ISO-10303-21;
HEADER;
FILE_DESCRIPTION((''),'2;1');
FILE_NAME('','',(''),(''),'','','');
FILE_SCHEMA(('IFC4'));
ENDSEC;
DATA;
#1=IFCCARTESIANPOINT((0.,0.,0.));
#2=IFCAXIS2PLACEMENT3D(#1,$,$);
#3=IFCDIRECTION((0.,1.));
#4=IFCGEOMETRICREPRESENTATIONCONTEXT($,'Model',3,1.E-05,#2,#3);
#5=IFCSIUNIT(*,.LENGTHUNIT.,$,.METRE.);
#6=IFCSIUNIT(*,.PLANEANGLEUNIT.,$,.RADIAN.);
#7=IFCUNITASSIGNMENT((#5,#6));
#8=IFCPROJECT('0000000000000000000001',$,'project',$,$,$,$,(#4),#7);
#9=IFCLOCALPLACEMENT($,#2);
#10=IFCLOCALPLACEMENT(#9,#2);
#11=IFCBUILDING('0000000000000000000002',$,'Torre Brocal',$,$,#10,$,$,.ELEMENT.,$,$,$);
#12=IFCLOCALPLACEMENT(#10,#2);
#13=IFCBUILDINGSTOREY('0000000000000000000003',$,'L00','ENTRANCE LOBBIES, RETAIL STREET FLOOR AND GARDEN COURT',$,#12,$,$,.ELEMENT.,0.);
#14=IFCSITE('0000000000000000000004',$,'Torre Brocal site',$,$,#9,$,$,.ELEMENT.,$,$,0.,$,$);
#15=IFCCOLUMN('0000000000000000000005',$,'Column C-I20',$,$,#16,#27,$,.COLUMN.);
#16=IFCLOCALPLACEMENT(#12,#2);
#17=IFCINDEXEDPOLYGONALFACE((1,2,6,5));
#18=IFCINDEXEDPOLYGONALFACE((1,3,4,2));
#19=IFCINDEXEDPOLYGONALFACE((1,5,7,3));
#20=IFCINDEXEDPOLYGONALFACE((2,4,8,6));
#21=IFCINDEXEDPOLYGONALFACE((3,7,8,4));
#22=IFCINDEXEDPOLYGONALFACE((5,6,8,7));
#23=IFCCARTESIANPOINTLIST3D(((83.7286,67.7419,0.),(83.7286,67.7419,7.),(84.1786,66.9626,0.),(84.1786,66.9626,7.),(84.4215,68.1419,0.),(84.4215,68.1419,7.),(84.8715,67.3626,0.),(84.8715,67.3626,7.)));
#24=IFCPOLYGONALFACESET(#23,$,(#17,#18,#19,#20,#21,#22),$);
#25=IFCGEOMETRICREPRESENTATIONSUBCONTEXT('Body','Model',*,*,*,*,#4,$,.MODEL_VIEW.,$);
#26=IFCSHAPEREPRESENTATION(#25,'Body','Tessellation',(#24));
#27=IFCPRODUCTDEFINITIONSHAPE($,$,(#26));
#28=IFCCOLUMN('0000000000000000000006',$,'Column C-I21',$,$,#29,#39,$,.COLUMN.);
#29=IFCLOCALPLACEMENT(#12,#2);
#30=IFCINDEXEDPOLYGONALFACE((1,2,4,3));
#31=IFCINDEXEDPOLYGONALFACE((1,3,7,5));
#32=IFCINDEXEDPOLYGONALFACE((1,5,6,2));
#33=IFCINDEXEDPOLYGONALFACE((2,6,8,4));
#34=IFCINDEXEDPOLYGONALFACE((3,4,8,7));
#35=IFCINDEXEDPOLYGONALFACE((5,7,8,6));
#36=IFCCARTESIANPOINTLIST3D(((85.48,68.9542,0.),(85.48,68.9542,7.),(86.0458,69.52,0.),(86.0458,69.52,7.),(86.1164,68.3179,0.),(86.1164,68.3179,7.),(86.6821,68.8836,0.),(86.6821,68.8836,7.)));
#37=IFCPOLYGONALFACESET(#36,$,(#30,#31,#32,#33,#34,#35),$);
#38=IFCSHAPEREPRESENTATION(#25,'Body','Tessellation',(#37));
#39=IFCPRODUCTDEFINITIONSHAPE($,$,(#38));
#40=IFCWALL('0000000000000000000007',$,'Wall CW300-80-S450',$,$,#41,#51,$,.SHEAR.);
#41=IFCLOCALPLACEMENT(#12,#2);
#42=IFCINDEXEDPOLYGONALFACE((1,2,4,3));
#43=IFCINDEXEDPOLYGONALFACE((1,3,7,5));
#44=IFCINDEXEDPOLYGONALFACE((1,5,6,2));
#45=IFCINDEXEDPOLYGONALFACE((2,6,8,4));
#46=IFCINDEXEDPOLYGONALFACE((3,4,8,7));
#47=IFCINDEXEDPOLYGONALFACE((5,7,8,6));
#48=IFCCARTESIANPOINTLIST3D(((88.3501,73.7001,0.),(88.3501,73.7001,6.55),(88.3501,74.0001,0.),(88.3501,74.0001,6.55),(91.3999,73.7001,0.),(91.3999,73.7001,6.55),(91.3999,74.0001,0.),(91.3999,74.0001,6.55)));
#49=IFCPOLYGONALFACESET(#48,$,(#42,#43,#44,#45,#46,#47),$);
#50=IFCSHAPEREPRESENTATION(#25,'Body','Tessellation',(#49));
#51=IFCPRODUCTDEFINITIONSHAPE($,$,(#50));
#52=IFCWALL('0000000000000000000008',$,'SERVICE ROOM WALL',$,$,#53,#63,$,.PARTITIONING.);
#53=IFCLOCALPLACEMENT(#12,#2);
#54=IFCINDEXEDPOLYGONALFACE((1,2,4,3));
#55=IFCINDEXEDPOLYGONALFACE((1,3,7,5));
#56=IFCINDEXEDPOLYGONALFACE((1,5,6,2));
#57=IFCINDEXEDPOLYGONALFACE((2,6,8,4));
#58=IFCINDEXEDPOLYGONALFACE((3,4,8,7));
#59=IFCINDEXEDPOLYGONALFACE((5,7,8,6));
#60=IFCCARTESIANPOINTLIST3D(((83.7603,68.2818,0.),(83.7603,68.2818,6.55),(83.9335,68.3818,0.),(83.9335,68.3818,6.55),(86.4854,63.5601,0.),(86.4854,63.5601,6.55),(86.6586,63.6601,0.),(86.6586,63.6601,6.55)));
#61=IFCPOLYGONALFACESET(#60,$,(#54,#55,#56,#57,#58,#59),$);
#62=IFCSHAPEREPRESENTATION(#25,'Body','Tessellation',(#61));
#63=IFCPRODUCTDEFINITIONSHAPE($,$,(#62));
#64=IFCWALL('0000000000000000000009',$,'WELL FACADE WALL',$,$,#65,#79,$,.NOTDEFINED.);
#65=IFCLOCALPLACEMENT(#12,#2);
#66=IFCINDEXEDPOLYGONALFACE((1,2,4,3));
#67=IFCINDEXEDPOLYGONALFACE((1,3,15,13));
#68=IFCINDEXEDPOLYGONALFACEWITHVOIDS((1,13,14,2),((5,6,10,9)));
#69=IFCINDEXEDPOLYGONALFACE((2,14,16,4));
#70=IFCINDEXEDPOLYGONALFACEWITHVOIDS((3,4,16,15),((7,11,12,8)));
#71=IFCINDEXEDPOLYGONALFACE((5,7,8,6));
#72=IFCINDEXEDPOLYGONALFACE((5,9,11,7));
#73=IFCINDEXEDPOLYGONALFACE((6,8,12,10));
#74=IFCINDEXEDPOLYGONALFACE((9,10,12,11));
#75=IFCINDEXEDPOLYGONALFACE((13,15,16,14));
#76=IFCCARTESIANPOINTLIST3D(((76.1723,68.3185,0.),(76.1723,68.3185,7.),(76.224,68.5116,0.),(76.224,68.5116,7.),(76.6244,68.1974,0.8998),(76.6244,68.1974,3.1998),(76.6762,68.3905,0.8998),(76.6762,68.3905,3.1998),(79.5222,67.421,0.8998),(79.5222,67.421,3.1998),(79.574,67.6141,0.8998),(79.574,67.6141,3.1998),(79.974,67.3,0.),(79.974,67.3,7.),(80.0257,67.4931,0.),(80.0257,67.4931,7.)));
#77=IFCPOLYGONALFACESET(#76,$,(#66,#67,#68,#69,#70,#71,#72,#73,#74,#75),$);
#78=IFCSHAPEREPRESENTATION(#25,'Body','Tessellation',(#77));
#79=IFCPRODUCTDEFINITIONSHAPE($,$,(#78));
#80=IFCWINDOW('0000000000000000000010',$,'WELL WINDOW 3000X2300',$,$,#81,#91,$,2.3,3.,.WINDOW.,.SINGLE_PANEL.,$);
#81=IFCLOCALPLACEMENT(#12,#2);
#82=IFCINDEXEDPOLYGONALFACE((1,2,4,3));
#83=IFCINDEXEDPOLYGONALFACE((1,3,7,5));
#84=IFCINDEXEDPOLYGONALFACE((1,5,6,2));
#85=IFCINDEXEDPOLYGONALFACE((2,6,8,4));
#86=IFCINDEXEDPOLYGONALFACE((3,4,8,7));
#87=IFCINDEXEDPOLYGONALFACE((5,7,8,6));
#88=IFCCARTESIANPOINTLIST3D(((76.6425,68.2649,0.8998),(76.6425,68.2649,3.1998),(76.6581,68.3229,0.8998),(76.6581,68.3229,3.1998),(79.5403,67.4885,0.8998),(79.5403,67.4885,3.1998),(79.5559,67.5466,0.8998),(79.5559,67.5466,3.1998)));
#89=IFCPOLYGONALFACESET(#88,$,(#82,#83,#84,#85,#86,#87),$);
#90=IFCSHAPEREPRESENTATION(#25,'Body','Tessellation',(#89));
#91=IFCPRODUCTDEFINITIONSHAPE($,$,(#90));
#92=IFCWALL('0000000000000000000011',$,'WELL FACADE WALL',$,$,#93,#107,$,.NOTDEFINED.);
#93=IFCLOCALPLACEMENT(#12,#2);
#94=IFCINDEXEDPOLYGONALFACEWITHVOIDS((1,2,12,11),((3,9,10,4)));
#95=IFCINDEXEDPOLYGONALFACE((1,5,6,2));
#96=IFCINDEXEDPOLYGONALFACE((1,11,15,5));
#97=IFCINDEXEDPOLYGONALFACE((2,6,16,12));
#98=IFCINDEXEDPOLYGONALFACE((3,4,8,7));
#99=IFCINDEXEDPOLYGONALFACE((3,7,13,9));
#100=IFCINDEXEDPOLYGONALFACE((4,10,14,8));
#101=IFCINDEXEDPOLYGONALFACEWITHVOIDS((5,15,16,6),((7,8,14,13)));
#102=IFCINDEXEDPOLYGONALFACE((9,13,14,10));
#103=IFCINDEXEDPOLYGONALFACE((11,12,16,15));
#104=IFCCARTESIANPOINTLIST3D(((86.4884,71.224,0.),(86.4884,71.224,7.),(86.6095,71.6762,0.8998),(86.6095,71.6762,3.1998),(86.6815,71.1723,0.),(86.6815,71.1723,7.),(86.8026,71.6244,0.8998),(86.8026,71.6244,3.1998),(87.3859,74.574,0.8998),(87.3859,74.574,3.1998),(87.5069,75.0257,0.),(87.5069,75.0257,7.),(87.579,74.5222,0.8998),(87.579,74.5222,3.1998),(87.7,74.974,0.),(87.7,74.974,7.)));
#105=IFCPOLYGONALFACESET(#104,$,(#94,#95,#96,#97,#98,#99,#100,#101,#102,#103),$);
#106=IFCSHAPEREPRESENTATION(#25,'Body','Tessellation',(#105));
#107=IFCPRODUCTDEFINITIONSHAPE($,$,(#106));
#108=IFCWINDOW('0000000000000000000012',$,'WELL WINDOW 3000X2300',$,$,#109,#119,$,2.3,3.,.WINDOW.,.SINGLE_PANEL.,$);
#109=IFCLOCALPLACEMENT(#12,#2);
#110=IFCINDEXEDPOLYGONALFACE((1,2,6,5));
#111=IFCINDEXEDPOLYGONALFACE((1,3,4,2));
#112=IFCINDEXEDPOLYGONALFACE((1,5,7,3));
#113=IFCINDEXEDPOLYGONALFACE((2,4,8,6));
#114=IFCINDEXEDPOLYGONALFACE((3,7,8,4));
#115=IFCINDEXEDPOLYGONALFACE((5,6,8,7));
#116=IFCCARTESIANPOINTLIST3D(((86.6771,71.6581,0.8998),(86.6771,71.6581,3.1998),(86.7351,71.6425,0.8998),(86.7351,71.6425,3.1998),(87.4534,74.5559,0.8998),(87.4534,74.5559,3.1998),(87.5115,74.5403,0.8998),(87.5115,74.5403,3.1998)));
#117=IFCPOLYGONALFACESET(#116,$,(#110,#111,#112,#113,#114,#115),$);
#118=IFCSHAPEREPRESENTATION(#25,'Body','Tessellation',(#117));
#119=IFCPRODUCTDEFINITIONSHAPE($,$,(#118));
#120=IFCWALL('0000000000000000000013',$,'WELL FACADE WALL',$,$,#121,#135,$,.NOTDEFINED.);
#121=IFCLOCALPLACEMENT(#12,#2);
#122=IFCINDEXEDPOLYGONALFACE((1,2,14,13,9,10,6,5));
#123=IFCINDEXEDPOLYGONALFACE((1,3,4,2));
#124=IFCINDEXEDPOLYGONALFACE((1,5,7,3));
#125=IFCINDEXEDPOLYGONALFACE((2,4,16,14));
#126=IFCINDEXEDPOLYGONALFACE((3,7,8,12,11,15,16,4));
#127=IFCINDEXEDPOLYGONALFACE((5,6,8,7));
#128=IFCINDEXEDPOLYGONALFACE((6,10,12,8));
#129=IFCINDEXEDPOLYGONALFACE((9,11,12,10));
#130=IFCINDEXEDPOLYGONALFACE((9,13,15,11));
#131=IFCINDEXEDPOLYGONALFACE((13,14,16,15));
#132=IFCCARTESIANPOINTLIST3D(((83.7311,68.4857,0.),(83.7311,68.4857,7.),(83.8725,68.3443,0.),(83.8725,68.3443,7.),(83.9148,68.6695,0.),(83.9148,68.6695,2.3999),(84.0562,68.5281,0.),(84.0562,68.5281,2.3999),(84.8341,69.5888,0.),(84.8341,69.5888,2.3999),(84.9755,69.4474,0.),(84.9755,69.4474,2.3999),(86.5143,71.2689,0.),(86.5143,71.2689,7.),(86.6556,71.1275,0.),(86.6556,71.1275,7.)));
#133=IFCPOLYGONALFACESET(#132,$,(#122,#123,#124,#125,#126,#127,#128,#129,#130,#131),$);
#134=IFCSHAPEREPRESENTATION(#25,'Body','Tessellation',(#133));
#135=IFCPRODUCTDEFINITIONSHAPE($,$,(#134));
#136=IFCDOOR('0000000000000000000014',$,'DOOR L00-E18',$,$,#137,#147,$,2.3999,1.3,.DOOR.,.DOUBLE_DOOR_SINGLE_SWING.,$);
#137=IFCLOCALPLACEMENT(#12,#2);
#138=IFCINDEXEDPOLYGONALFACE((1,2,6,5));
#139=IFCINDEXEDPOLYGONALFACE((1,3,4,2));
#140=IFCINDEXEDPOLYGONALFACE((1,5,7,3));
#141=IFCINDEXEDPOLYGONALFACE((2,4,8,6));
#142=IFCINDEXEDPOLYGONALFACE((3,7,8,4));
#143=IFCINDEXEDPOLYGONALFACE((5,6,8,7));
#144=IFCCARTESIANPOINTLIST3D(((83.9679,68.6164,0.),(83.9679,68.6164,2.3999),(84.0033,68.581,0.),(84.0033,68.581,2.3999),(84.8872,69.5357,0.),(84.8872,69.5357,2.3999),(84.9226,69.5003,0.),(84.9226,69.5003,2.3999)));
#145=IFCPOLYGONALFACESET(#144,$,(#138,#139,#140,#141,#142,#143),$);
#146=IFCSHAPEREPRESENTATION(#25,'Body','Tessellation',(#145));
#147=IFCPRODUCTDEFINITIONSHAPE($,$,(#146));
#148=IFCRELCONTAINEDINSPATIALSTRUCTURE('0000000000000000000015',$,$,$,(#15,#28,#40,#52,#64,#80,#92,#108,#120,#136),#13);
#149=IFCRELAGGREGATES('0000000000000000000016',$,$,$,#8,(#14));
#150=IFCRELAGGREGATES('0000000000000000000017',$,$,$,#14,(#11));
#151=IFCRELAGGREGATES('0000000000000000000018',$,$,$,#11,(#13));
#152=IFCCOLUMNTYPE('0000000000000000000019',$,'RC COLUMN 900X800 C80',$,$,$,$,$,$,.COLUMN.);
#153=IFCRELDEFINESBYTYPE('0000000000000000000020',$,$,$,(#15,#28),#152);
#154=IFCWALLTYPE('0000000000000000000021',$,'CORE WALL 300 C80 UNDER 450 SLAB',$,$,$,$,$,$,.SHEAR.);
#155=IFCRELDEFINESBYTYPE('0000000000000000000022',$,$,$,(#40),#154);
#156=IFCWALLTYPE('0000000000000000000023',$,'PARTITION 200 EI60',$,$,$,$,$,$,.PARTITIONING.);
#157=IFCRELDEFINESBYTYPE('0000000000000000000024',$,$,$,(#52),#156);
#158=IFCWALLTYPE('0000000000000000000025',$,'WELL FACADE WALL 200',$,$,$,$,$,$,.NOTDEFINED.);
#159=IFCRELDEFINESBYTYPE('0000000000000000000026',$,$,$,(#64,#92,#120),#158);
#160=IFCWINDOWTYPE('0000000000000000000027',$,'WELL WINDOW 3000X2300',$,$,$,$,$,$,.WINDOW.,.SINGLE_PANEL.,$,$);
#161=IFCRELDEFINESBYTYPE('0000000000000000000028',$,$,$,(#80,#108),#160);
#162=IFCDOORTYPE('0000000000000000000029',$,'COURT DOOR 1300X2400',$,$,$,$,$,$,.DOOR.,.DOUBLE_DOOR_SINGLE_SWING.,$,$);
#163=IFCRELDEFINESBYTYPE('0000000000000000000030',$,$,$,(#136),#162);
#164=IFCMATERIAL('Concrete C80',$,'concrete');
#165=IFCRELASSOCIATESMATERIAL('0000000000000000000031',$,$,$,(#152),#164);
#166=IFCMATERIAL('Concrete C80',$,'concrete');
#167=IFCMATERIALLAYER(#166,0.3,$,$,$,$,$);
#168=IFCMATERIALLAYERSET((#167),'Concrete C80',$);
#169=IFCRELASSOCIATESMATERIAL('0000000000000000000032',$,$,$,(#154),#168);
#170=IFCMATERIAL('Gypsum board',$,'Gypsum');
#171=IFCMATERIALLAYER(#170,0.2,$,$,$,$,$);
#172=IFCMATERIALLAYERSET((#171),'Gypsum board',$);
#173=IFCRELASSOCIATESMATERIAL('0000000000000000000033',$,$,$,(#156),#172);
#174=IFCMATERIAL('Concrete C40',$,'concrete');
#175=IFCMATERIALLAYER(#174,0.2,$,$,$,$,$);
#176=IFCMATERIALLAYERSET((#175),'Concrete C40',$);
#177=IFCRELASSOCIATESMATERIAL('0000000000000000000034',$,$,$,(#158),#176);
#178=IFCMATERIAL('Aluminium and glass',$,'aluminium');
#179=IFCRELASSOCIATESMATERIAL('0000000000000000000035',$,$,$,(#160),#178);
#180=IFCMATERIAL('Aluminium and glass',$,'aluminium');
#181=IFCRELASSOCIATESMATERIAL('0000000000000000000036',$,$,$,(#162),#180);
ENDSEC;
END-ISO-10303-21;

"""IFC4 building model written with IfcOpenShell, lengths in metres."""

from ifc_helpers import new_model, si_unit, direction, frame, frame_2d, origin, origin_2d, place, context, subcontext, project, spatial, rectangle, extrude, material, layer, layer_set, material_profile, profile_set, type_object, element, fill, save


model = new_model("IFC4")

# Units and contexts
model_context = context("Model", 3, precision=1e-05, world=origin(), true_north=direction((0.0, 1.0)))
body_context = subcontext(model_context, "Body", "Model", "MODEL_VIEW")
ifc_project = project(units=[si_unit("LENGTHUNIT", "METRE"), si_unit("PLANEANGLEUNIT", "RADIAN")], contexts=[model_context])

# Site, building, storey
site_placement = place(None, origin())
site = spatial("IfcSite", under=ifc_project, at=site_placement, Name="Torre Brocal site", CompositionType="ELEMENT", RefElevation=0.0)
building_placement = place(site_placement, origin())
building = spatial("IfcBuilding", under=site, at=building_placement, Name="Torre Brocal", CompositionType="ELEMENT")
storey_placement = place(building_placement, origin())
storey = spatial("IfcBuildingStorey", under=building, at=storey_placement, Name="L00", Description="ENTRANCE LOBBIES, RETAIL STREET FLOOR AND GARDEN COURT", CompositionType="ELEMENT", Elevation=0.0)

# Columns
ifc_material_1 = material(Name="Concrete C80", Category="concrete")
ifc_material_profile = material_profile(ifc_material_1, rectangle(XDim=0.8999, YDim=0.8, at=origin_2d()), Name="RC 900X800")
ifc_profile_set = profile_set([ifc_material_profile], Name="Concrete C80")
column_type = type_object("IfcColumnType", Name="RC COLUMN 900X800 C80", PredefinedType="COLUMN", material=ifc_profile_set)
for number, where, z_axis, x_axis, name in (
    (1, (84.3, 67.5522, 0.0), (0.0, 0.0, 1.0), (0.5, -0.866025, 0.0), "Column C-I20"),
    (2, (86.0811, 68.9189, 0.0), (0.0, 0.0, 1.0), (0.707107, -0.707107, 0.0), "Column C-I21"),
):
    element("IfcColumn", number, at=place(storey_placement, frame(where, z_axis=z_axis, x_axis=x_axis)), inside=storey, type_object=column_type, Name=name, PredefinedType="COLUMN", context=body_context, shape_type="SweptSolid", body=[
        extrude(rectangle(XDim=0.8999, YDim=0.8, at=origin_2d()), origin(), (0.0, 0.0, 1.0), 7.0),
    ])

# Wall
ifc_material_2 = material(Name="Concrete C80", Category="concrete")
ifc_layer_1 = layer(ifc_material_2, 0.3)
ifc_layer_set_1 = layer_set([ifc_layer_1], Name="Concrete C80")
wall_type_1 = type_object("IfcWallType", Name="CORE WALL 300 C80 UNDER 450 SLAB", PredefinedType="SHEAR", material=ifc_layer_set_1)
wall_1_placement = place(storey_placement, frame((88.3501, 73.8501, 0.0), z_axis=(0.0, 0.0, 1.0), x_axis=(1.0, 0.0, 0.0)))
element("IfcWall", 3, at=wall_1_placement, inside=storey, type_object=wall_type_1, Name="Wall CW300-80-S450", PredefinedType="SHEAR", context=body_context, shape_type="SweptSolid", body=[
    extrude(rectangle(XDim=3.0498, YDim=0.3, at=frame_2d((1.5249, 0.0))), origin(), (0.0, 0.0, 1.0), 6.55),
])

# Wall
ifc_material_3 = material(Name="Gypsum board", Category="Gypsum")
ifc_layer_2 = layer(ifc_material_3, 0.2)
ifc_layer_set_2 = layer_set([ifc_layer_2], Name="Gypsum board")
wall_type_2 = type_object("IfcWallType", Name="PARTITION 200 EI60", PredefinedType="PARTITIONING", material=ifc_layer_set_2)
wall_2_placement = place(storey_placement, frame((83.8469, 68.3318, 0.0), z_axis=(0.0, 0.0, 1.0), x_axis=(0.499867, -0.866102, 0.0)))
element("IfcWall", 4, at=wall_2_placement, inside=storey, type_object=wall_type_2, Name="SERVICE ROOM WALL", PredefinedType="PARTITIONING", context=body_context, shape_type="SweptSolid", body=[
    extrude(rectangle(XDim=5.4517, YDim=0.2, at=frame_2d((2.7258, 0.0))), origin(), (0.0, 0.0, 1.0), 6.55),
])

# Shared definitions
ifc_material_4 = material(Name="Concrete C40", Category="concrete")
ifc_layer_3 = layer(ifc_material_4, 0.2)
ifc_layer_set_3 = layer_set([ifc_layer_3], Name="Concrete C40")
wall_type_3 = type_object("IfcWallType", Name="WELL FACADE WALL 200", PredefinedType="NOTDEFINED", material=ifc_layer_set_3)

# Walls, openings, windows
wall_3_placement = place(storey_placement, frame((76.1982, 68.415, 0.0), z_axis=(0.0, 0.0, 1.0), x_axis=(0.965934, -0.25879, 0.0)))
wall_3 = element("IfcWall", 5, at=wall_3_placement, inside=storey, type_object=wall_type_3, Name="WELL FACADE WALL", PredefinedType="NOTDEFINED", context=body_context, shape_type="SweptSolid", body=[
    extrude(rectangle(XDim=3.9358, YDim=0.2, at=frame_2d((1.9678, 0.0))), origin(), (0.0, 0.0, 1.0), 7.0),
])
opening_1_placement = place(wall_3_placement, frame((0.468, 0.0, 0.8999)))
opening_1 = element("IfcOpeningElement", 6, at=opening_1_placement, cuts=wall_3, PredefinedType="OPENING", context=body_context, shape_type="SweptSolid", body=[
    extrude(rectangle(XDim=3.0, YDim=2.3, at=frame_2d((1.5, 1.1499))), frame((0.0, 0.1099, 0.0), z_axis=(0.0, -1.0, 0.0), x_axis=(1.0, 0.0, 0.0)), (0.0, 0.0, 1.0), 0.22),
])
ifc_material_5 = material(Name="Aluminium and glass", Category="aluminium")
window_type = type_object("IfcWindowType", Name="WELL WINDOW 3000X2300", PartitioningType="SINGLE_PANEL", PredefinedType="WINDOW", material=ifc_material_5)
window_1_placement = place(opening_1_placement, origin())
window_1 = element("IfcWindow", 7, at=window_1_placement, inside=storey, type_object=window_type, Name="WELL WINDOW 3000X2300", OverallHeight=2.3, OverallWidth=3.0, PartitioningType="SINGLE_PANEL", PredefinedType="WINDOW", context=body_context, shape_type="SweptSolid", body=[
    extrude(rectangle(XDim=3.0, YDim=2.3, at=frame_2d((1.5, 1.1499))), frame((0.0, 0.03, 0.0), z_axis=(0.0, -1.0, 0.0), x_axis=(1.0, 0.0, 0.0)), (0.0, 0.0, 1.0), 0.0601),
])
fill(opening_1, window_1)
wall_4_placement = place(storey_placement, frame((86.585, 71.1982, 0.0), z_axis=(0.0, 0.0, 1.0), x_axis=(0.25879, 0.965934, 0.0)))
wall_4 = element("IfcWall", 8, at=wall_4_placement, inside=storey, type_object=wall_type_3, Name="WELL FACADE WALL", PredefinedType="NOTDEFINED", context=body_context, shape_type="SweptSolid", body=[
    extrude(rectangle(XDim=3.9358, YDim=0.2, at=frame_2d((1.9678, 0.0))), origin(), (0.0, 0.0, 1.0), 7.0),
])
opening_2_placement = place(wall_4_placement, frame((0.468, 0.0, 0.8999)))
opening_2 = element("IfcOpeningElement", 9, at=opening_2_placement, cuts=wall_4, PredefinedType="OPENING", context=body_context, shape_type="SweptSolid", body=[
    extrude(rectangle(XDim=3.0, YDim=2.3, at=frame_2d((1.5, 1.1499))), frame((0.0, 0.1099, 0.0), z_axis=(0.0, -1.0, 0.0), x_axis=(1.0, 0.0, 0.0)), (0.0, 0.0, 1.0), 0.22),
])
window_2_placement = place(opening_2_placement, origin())
window_2 = element("IfcWindow", 10, at=window_2_placement, inside=storey, type_object=window_type, Name="WELL WINDOW 3000X2300", OverallHeight=2.3, OverallWidth=3.0, PartitioningType="SINGLE_PANEL", PredefinedType="WINDOW", context=body_context, shape_type="SweptSolid", body=[
    extrude(rectangle(XDim=3.0, YDim=2.3, at=frame_2d((1.5, 1.1499))), frame((0.0, 0.03, 0.0), z_axis=(0.0, -1.0, 0.0), x_axis=(1.0, 0.0, 0.0)), (0.0, 0.0, 1.0), 0.0601),
])
fill(opening_2, window_2)

# Wall, opening, door
wall_5_placement = place(storey_placement, frame((83.8018, 68.415, 0.0), z_axis=(0.0, 0.0, 1.0), x_axis=(0.707107, 0.707107, 0.0)))
wall_5 = element("IfcWall", 11, at=wall_5_placement, inside=storey, type_object=wall_type_3, Name="WELL FACADE WALL", PredefinedType="NOTDEFINED", context=body_context, shape_type="SweptSolid", body=[
    extrude(rectangle(XDim=3.936, YDim=0.2, at=frame_2d((1.968, 0.0))), origin(), (0.0, 0.0, 1.0), 7.0),
])
opening_3_placement = place(wall_5_placement, frame((0.26, 0.0, 0.0)))
opening_3 = element("IfcOpeningElement", 12, at=opening_3_placement, cuts=wall_5, PredefinedType="OPENING", context=body_context, shape_type="SweptSolid", body=[
    extrude(rectangle(XDim=1.3, YDim=2.3999, at=frame_2d((0.6499, 1.2))), frame((0.0, 0.1099, 0.0), z_axis=(0.0, -1.0, 0.0), x_axis=(1.0, 0.0, 0.0)), (0.0, 0.0, 1.0), 0.22),
])
ifc_material_6 = material(Name="Aluminium and glass", Category="aluminium")
door_type_1 = type_object("IfcDoorType", Name="COURT DOOR 1300X2400", OperationType="DOUBLE_DOOR_SINGLE_SWING", PredefinedType="DOOR", material=ifc_material_6)
door_1_placement = place(opening_3_placement, origin())
door_1 = element("IfcDoor", 13, at=door_1_placement, inside=storey, type_object=door_type_1, Name="DOOR L00-E18", OperationType="DOUBLE_DOOR_SINGLE_SWING", OverallHeight=2.3999, OverallWidth=1.3, PredefinedType="DOOR", context=body_context, shape_type="SweptSolid", body=[
    extrude(rectangle(XDim=1.3, YDim=2.3999, at=frame_2d((0.6499, 1.2))), frame((0.0, 0.0249, 0.0), z_axis=(0.0, -1.0, 0.0), x_axis=(1.0, 0.0, 0.0)), (0.0, 0.0, 1.0), 0.05),
])
fill(opening_3, door_1)

save(model, "model.ifc")
